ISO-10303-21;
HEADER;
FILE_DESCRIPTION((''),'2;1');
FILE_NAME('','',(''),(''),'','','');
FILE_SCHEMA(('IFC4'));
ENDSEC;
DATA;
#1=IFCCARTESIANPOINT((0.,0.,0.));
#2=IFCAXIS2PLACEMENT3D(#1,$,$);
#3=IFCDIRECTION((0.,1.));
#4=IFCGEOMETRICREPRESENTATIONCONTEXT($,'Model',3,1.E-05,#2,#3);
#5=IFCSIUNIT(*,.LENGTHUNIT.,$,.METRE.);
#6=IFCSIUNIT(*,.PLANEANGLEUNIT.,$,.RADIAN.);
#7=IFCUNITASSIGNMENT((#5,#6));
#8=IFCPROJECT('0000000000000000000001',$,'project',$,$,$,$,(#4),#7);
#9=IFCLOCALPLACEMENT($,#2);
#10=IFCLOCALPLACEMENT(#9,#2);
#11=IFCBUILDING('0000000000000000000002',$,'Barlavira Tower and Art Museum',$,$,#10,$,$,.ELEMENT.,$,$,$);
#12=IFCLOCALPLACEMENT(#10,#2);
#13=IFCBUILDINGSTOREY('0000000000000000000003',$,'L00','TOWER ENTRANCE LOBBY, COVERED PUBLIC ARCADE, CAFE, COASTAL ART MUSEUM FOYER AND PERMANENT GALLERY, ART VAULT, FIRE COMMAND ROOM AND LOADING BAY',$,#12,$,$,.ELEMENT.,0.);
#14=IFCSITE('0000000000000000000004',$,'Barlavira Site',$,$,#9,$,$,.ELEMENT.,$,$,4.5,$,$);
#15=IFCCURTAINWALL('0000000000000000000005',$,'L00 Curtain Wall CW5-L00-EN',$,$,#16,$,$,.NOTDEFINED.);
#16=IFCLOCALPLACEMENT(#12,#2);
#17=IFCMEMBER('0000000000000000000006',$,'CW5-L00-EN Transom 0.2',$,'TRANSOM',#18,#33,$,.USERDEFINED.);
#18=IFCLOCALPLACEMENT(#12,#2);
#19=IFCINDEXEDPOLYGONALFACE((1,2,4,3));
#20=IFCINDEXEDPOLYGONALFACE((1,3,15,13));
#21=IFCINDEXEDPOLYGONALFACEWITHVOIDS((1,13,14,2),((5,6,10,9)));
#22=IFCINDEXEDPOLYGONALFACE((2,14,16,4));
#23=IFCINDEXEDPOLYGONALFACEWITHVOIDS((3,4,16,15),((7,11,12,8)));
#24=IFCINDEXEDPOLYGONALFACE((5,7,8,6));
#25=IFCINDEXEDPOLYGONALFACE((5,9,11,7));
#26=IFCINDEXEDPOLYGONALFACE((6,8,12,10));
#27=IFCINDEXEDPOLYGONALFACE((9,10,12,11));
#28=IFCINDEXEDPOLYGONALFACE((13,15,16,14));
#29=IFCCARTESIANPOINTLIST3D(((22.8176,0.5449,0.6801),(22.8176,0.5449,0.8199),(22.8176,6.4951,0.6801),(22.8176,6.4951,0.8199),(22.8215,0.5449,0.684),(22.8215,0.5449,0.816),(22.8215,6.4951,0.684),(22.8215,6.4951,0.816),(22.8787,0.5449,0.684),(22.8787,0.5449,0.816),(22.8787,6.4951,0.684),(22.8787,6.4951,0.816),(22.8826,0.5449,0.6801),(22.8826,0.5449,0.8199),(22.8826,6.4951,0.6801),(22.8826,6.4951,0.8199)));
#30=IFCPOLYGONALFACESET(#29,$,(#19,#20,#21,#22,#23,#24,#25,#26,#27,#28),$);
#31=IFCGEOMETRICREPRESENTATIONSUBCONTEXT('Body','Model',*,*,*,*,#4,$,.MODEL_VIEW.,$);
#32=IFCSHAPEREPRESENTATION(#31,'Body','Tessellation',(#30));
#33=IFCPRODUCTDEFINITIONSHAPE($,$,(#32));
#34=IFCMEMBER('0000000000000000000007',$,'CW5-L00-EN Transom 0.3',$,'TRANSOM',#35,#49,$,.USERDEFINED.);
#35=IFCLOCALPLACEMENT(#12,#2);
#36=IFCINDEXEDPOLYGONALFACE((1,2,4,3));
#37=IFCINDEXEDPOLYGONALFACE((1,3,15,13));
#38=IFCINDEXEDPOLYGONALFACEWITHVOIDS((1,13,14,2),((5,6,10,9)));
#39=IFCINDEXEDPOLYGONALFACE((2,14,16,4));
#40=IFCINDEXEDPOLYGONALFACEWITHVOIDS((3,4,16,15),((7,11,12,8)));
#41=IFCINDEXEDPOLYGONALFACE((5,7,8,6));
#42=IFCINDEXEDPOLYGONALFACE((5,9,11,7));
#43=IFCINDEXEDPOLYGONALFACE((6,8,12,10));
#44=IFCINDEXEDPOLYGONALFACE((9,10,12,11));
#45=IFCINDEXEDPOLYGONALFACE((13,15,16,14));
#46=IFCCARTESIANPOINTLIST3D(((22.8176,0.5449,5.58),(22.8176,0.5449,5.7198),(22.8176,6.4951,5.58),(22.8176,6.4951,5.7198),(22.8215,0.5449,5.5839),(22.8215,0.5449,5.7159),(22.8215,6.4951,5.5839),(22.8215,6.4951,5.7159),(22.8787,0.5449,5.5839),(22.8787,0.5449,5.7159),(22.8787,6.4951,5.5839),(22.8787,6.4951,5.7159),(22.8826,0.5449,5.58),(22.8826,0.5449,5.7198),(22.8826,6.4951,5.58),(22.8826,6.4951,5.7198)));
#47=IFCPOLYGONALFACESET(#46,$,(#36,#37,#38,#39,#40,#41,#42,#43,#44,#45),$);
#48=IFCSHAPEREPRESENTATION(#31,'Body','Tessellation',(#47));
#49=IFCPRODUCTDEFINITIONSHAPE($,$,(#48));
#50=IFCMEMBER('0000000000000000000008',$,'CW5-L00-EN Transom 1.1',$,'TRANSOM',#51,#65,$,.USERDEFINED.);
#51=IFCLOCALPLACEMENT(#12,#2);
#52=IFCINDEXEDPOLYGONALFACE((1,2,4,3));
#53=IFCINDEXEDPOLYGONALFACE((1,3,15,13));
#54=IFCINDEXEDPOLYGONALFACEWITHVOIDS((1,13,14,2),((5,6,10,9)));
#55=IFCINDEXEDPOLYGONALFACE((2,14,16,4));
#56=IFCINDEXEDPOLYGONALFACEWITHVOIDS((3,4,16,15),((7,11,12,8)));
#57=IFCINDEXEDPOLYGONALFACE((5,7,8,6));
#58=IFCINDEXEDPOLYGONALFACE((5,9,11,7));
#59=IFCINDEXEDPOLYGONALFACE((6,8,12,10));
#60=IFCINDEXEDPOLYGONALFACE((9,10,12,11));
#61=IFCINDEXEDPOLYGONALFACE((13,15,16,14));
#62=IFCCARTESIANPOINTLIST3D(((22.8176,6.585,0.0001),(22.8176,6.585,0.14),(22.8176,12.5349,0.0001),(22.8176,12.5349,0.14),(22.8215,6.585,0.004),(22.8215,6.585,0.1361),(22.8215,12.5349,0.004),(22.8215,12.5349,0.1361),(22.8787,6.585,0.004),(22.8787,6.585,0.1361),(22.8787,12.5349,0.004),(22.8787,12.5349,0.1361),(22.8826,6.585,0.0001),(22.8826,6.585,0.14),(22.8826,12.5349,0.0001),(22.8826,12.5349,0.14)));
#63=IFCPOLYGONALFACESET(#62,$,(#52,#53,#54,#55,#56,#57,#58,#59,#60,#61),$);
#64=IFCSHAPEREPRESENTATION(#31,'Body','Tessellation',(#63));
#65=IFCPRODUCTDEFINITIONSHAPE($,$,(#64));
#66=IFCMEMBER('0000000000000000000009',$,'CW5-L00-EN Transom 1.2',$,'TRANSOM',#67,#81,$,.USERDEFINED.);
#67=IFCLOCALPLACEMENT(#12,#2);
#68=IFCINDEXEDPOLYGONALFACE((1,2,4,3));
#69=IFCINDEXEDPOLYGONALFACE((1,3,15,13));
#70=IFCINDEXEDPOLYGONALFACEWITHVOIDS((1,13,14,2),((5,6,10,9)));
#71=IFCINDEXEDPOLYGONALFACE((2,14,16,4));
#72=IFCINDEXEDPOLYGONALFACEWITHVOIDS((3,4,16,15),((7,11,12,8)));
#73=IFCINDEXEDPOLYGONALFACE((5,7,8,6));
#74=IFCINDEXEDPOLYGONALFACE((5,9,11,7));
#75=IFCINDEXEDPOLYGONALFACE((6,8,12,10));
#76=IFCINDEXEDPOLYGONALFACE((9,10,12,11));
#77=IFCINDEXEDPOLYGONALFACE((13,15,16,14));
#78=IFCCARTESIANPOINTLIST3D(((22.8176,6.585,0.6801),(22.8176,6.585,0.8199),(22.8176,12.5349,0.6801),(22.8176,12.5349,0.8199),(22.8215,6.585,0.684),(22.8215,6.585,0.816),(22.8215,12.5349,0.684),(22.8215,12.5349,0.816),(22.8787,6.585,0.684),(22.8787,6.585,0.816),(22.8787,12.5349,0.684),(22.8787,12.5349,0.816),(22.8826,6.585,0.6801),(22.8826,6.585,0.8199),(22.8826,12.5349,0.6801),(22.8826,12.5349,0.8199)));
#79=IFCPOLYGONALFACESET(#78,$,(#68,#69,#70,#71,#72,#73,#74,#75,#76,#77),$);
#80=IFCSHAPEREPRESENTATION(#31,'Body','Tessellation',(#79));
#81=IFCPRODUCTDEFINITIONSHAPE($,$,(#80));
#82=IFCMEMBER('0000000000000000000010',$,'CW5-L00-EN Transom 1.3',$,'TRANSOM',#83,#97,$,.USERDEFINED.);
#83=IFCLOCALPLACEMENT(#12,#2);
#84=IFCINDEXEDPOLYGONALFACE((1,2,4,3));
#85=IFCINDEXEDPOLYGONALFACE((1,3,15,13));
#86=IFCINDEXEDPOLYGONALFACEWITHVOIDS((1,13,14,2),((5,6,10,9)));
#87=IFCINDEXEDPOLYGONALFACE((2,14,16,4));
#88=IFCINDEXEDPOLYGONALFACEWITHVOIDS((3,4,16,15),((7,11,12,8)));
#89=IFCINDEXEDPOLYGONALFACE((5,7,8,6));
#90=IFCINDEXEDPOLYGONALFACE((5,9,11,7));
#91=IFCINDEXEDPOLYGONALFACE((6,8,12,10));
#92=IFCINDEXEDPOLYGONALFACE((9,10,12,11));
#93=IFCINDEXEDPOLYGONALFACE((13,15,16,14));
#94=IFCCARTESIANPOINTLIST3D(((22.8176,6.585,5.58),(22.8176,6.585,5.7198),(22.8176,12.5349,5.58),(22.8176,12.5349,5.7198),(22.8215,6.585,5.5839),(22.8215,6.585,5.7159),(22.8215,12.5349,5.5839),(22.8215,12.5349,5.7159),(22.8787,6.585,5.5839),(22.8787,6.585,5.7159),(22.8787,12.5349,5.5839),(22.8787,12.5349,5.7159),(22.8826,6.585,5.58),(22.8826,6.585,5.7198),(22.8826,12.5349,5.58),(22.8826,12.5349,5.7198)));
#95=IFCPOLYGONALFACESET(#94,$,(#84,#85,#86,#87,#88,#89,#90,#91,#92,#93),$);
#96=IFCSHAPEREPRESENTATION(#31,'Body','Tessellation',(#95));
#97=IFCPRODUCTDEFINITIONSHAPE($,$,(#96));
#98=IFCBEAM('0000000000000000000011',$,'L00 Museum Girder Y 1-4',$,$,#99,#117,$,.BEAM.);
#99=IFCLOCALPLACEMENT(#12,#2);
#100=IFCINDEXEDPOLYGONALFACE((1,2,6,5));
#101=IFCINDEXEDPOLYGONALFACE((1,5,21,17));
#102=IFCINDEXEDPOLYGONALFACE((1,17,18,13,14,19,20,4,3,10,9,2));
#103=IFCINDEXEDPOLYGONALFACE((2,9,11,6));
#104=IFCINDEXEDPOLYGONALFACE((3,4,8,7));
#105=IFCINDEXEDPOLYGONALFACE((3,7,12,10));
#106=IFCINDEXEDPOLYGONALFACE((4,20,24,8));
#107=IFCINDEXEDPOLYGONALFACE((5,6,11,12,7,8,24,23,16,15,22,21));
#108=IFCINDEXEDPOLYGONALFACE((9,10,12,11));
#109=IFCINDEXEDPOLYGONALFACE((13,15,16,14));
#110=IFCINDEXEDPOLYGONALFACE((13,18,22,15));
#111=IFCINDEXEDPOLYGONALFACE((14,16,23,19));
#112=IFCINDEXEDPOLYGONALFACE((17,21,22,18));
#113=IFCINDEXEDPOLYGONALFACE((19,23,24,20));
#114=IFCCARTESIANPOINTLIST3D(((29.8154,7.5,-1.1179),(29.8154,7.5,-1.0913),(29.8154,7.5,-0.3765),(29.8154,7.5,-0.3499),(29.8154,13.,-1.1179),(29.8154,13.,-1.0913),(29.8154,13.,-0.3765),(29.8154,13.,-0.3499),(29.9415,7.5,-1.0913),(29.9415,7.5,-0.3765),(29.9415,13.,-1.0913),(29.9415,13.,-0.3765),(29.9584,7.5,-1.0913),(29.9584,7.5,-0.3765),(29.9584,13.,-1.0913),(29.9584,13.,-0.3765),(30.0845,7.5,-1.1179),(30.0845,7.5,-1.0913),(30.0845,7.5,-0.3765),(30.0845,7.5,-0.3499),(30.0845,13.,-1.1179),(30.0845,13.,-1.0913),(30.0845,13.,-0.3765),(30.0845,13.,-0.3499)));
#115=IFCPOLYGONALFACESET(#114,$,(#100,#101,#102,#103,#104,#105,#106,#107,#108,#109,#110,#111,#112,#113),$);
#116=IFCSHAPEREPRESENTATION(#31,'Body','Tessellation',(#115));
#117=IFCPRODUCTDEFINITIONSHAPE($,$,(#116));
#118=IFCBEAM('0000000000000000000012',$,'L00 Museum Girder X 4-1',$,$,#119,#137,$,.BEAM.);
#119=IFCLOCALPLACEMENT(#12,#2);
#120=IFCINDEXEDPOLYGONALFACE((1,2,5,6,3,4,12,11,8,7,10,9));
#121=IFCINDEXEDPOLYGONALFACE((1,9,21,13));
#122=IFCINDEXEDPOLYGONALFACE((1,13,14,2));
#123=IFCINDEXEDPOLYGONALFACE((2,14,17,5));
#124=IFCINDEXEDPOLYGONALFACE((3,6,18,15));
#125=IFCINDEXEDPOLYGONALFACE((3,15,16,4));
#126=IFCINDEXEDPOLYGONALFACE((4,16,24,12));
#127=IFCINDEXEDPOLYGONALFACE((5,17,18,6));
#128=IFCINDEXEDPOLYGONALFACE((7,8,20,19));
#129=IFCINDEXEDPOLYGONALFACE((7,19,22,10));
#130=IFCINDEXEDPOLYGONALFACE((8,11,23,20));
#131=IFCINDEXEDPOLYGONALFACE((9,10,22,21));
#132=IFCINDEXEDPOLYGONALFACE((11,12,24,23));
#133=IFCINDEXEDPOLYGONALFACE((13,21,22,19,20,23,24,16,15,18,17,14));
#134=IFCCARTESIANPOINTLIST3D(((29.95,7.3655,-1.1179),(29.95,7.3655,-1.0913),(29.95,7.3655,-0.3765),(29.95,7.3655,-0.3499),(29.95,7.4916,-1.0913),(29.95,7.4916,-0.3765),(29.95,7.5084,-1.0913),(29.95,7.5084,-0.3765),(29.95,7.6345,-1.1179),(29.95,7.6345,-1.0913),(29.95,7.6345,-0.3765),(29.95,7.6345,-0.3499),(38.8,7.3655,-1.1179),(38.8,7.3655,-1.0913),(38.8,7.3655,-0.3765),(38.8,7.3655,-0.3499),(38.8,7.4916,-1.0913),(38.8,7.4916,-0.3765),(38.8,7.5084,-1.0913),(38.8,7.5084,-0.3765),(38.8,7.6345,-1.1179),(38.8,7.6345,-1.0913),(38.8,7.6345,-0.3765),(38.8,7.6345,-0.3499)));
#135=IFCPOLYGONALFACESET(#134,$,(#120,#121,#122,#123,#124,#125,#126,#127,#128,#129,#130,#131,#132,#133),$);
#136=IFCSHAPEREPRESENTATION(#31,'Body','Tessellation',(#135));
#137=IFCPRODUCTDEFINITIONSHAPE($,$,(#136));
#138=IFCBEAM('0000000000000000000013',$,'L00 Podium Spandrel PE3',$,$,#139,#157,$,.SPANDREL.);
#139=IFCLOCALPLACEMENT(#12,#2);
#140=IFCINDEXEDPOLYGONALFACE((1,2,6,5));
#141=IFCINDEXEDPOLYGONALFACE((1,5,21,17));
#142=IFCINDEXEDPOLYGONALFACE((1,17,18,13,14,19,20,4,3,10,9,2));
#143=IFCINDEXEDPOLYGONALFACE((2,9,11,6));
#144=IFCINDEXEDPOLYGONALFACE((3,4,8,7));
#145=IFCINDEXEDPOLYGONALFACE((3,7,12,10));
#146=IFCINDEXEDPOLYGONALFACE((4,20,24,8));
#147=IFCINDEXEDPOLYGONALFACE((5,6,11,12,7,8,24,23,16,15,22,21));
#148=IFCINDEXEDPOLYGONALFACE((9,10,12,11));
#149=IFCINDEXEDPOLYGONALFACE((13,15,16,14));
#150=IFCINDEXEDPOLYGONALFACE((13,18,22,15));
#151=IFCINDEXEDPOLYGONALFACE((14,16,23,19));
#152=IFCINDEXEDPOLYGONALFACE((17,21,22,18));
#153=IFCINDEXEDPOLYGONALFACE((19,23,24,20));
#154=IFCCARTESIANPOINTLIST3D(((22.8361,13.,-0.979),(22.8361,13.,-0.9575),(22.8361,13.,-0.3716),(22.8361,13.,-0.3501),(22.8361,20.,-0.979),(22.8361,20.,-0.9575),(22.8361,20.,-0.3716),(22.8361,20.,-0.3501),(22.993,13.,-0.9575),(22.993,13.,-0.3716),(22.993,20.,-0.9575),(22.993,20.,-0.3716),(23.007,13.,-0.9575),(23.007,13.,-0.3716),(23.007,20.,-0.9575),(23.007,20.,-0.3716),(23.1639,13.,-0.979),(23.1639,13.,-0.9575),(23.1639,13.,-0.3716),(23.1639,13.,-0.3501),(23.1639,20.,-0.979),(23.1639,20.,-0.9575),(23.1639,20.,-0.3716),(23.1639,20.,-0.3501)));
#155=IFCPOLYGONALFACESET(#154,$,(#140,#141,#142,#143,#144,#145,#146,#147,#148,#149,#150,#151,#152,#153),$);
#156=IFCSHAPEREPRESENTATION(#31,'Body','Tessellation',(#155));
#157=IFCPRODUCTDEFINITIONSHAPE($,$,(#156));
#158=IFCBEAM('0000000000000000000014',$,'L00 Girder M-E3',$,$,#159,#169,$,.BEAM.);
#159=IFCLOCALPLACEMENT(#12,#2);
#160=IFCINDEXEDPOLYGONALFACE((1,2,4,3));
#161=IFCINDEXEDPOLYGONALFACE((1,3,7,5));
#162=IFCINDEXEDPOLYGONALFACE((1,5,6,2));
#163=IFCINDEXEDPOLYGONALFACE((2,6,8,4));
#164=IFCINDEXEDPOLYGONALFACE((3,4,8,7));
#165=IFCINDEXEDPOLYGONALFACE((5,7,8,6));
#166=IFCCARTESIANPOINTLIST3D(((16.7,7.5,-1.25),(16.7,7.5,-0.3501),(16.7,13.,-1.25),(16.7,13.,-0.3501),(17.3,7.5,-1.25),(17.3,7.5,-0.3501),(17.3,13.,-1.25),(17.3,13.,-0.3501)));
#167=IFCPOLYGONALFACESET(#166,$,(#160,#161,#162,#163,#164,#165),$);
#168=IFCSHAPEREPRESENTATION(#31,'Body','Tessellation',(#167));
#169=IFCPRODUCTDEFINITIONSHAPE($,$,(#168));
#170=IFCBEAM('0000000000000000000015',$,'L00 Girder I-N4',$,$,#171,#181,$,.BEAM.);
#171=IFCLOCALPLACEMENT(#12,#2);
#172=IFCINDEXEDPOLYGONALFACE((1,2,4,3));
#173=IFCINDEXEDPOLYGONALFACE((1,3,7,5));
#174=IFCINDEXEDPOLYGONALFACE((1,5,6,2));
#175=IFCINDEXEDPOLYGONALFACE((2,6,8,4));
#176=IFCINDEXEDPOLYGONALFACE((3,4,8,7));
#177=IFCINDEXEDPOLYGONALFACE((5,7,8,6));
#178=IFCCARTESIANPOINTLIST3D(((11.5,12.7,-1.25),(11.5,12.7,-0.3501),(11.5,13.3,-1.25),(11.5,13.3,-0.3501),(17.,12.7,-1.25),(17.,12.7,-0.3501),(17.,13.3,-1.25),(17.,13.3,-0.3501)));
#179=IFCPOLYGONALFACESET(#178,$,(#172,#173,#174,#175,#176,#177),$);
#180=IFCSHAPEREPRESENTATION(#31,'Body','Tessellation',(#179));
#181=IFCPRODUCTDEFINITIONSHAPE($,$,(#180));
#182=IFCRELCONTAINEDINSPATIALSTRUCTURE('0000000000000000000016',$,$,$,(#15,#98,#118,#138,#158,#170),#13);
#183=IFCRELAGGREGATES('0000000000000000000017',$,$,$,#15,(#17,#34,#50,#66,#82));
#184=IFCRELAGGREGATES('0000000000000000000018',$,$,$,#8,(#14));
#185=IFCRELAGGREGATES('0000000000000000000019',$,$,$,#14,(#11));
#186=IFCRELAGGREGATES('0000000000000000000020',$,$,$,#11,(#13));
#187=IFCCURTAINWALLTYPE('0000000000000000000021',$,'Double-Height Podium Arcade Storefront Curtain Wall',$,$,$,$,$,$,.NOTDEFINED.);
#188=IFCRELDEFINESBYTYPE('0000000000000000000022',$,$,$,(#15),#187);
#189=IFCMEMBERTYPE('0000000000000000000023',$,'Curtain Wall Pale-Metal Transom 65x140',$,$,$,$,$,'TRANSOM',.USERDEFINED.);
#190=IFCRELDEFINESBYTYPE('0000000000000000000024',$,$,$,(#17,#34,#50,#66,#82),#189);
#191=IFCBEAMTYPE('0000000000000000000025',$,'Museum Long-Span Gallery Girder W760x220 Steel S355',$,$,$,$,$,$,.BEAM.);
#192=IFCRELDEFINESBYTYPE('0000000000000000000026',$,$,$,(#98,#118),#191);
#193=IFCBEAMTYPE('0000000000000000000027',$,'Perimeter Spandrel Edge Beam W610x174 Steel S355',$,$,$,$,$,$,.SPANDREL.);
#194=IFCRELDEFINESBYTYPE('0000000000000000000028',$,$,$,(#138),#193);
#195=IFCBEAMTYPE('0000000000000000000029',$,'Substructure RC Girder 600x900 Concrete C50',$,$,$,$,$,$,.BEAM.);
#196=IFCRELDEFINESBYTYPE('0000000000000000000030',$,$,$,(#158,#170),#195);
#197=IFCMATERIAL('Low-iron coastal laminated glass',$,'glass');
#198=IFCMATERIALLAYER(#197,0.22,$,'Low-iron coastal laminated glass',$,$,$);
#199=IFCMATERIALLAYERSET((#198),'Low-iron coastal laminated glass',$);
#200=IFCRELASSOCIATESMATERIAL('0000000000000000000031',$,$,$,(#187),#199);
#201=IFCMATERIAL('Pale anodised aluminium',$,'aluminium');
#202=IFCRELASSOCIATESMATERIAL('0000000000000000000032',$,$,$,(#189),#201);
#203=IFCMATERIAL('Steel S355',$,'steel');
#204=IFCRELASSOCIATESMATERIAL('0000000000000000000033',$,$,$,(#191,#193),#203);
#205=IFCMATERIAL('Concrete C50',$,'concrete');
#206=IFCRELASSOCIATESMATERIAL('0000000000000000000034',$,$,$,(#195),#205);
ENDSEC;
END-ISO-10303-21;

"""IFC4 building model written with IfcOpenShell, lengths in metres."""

from ifc_helpers import new_model, si_unit, direction, frame, origin, origin_2d, place, context, subcontext, project, spatial, rectangle, hollow_rectangle, i_section, extrude, material, layer, layer_set, material_profile, profile_set, type_object, element, aggregate, save


model = new_model("IFC4")

# Units and contexts
model_context = context("Model", 3, precision=1e-05, world=origin(), true_north=direction((0.0, 1.0)))
body_context = subcontext(model_context, "Body", "Model", "MODEL_VIEW")
ifc_project = project(units=[si_unit("LENGTHUNIT", "METRE"), si_unit("PLANEANGLEUNIT", "RADIAN")], contexts=[model_context])

# Site, building, storey
site_placement = place(None, origin())
site = spatial("IfcSite", under=ifc_project, at=site_placement, Name="Barlavira Site", CompositionType="ELEMENT", RefElevation=4.5)
building_placement = place(site_placement, origin())
building = spatial("IfcBuilding", under=site, at=building_placement, Name="Barlavira Tower and Art Museum", CompositionType="ELEMENT")
storey_placement = place(building_placement, origin())
storey = spatial("IfcBuildingStorey", under=building, at=storey_placement, Name="L00", Description="TOWER ENTRANCE LOBBY, COVERED PUBLIC ARCADE, CAFE, COASTAL ART MUSEUM FOYER AND PERMANENT GALLERY, ART VAULT, FIRE COMMAND ROOM AND LOADING BAY", CompositionType="ELEMENT", Elevation=0.0)

# Shared definitions
ifc_material_1 = material(Name="Concrete C50", Category="concrete")

# Shared definitions
ifc_material_2 = material(Name="Steel S355", Category="steel")

# Curtain wall, members
ifc_material_3 = material(Name="Low-iron coastal laminated glass", Category="glass")
ifc_layer_1 = layer(ifc_material_3, 0.22, Name="Low-iron coastal laminated glass")
ifc_layer_set_1 = layer_set([ifc_layer_1], Name="Low-iron coastal laminated glass")
curtain_wall_type = type_object("IfcCurtainWallType", Name="Double-Height Podium Arcade Storefront Curtain Wall", PredefinedType="NOTDEFINED", material=ifc_layer_set_1)
curtain_wall_placement = place(storey_placement, origin())
curtain_wall = element("IfcCurtainWall", 1, at=curtain_wall_placement, inside=storey, type_object=curtain_wall_type, Name="L00 Curtain Wall CW5-L00-EN", PredefinedType="NOTDEFINED")
ifc_material_4 = material(Name="Pale anodised aluminium", Category="aluminium")
ifc_material_profile_1 = material_profile(ifc_material_4, hollow_rectangle(XDim=0.0649, YDim=0.1399, WallThickness=0.0039, at=origin_2d()), Name="ALU-TRAN 65x140x4")
ifc_profile_set_1 = profile_set([ifc_material_profile_1], Name="Pale anodised aluminium")
member_type_1 = type_object("IfcMemberType", Name="Curtain Wall Pale-Metal Transom 65x140", ElementType="TRANSOM", PredefinedType="USERDEFINED", material=ifc_profile_set_1)
member_1_placement = place(storey_placement, frame((22.8501, 0.5449, 0.75), z_axis=(0.0, 1.0, 0.0), x_axis=(-1.0, 0.0, 0.0)))
member_1 = element("IfcMember", 2, at=member_1_placement, type_object=member_type_1, Name="CW5-L00-EN Transom 0.2", ObjectType="TRANSOM", PredefinedType="USERDEFINED", context=body_context, shape_type="SweptSolid", body=[
    extrude(hollow_rectangle(XDim=0.0649, YDim=0.1399, WallThickness=0.0039, at=origin_2d()), origin(), (0.0, 0.0, 1.0), 5.9502),
])
member_2_placement = place(storey_placement, frame((22.8501, 0.5449, 5.6499), z_axis=(0.0, 1.0, 0.0), x_axis=(-1.0, 0.0, 0.0)))
member_2 = element("IfcMember", 3, at=member_2_placement, type_object=member_type_1, Name="CW5-L00-EN Transom 0.3", ObjectType="TRANSOM", PredefinedType="USERDEFINED", context=body_context, shape_type="SweptSolid", body=[
    extrude(hollow_rectangle(XDim=0.0649, YDim=0.1399, WallThickness=0.0039, at=origin_2d()), origin(), (0.0, 0.0, 1.0), 5.9502),
])
member_3_placement = place(storey_placement, frame((22.8501, 6.585, 0.0701), z_axis=(0.0, 1.0, 0.0), x_axis=(-1.0, 0.0, 0.0)))
member_3 = element("IfcMember", 4, at=member_3_placement, type_object=member_type_1, Name="CW5-L00-EN Transom 1.1", ObjectType="TRANSOM", PredefinedType="USERDEFINED", context=body_context, shape_type="SweptSolid", body=[
    extrude(hollow_rectangle(XDim=0.0649, YDim=0.1399, WallThickness=0.0039, at=origin_2d()), origin(), (0.0, 0.0, 1.0), 5.95),
])
member_4_placement = place(storey_placement, frame((22.8501, 6.585, 0.75), z_axis=(0.0, 1.0, 0.0), x_axis=(-1.0, 0.0, 0.0)))
member_4 = element("IfcMember", 5, at=member_4_placement, type_object=member_type_1, Name="CW5-L00-EN Transom 1.2", ObjectType="TRANSOM", PredefinedType="USERDEFINED", context=body_context, shape_type="SweptSolid", body=[
    extrude(hollow_rectangle(XDim=0.0649, YDim=0.1399, WallThickness=0.0039, at=origin_2d()), origin(), (0.0, 0.0, 1.0), 5.95),
])
member_5_placement = place(storey_placement, frame((22.8501, 6.585, 5.6499), z_axis=(0.0, 1.0, 0.0), x_axis=(-1.0, 0.0, 0.0)))
member_5 = element("IfcMember", 6, at=member_5_placement, type_object=member_type_1, Name="CW5-L00-EN Transom 1.3", ObjectType="TRANSOM", PredefinedType="USERDEFINED", context=body_context, shape_type="SweptSolid", body=[
    extrude(hollow_rectangle(XDim=0.0649, YDim=0.1399, WallThickness=0.0039, at=origin_2d()), origin(), (0.0, 0.0, 1.0), 5.95),
])

# Beams
ifc_material_profile_2 = material_profile(ifc_material_2, i_section(OverallWidth=0.269, OverallDepth=0.7681, WebThickness=0.0168, FlangeThickness=0.0266, at=origin_2d()), Name="W760x220.0")
ifc_profile_set_2 = profile_set([ifc_material_profile_2], Name="Steel S355")
beam_type_1 = type_object("IfcBeamType", Name="Museum Long-Span Gallery Girder W760x220 Steel S355", PredefinedType="BEAM", material=ifc_profile_set_2)
beam_1_placement = place(storey_placement, frame((29.95, 7.5, -0.7339), z_axis=(0.0, 1.0, 0.0), x_axis=(-1.0, 0.0, 0.0)))
element("IfcBeam", 7, at=beam_1_placement, inside=storey, type_object=beam_type_1, Name="L00 Museum Girder Y 1-4", PredefinedType="BEAM", context=body_context, shape_type="SweptSolid", body=[
    extrude(i_section(OverallWidth=0.269, OverallDepth=0.7681, WebThickness=0.0168, FlangeThickness=0.0266, at=origin_2d()), origin(), (0.0, 0.0, 1.0), 5.5),
])
beam_2_placement = place(storey_placement, frame((29.95, 7.5, -0.7339), z_axis=(1.0, 0.0, 0.0), x_axis=(0.0, 1.0, 0.0)))
element("IfcBeam", 8, at=beam_2_placement, inside=storey, type_object=beam_type_1, Name="L00 Museum Girder X 4-1", PredefinedType="BEAM", context=body_context, shape_type="SweptSolid", body=[
    extrude(i_section(OverallWidth=0.269, OverallDepth=0.7681, WebThickness=0.0168, FlangeThickness=0.0266, at=origin_2d()), origin(), (0.0, 0.0, 1.0), 8.8501),
])
ifc_material_profile_3 = material_profile(ifc_material_2, i_section(OverallWidth=0.3279, OverallDepth=0.6289, WebThickness=0.0139, FlangeThickness=0.0215, at=origin_2d()), Name="W610x174.0")
ifc_profile_set_3 = profile_set([ifc_material_profile_3], Name="Steel S355")
beam_type_2 = type_object("IfcBeamType", Name="Perimeter Spandrel Edge Beam W610x174 Steel S355", PredefinedType="SPANDREL", material=ifc_profile_set_3)
beam_3_placement = place(storey_placement, frame((23.0, 13.0, -0.6646), z_axis=(0.0, 1.0, 0.0), x_axis=(-1.0, 0.0, 0.0)))
element("IfcBeam", 9, at=beam_3_placement, inside=storey, type_object=beam_type_2, Name="L00 Podium Spandrel PE3", PredefinedType="SPANDREL", context=body_context, shape_type="SweptSolid", body=[
    extrude(i_section(OverallWidth=0.3279, OverallDepth=0.6289, WebThickness=0.0139, FlangeThickness=0.0215, at=origin_2d()), origin(), (0.0, 0.0, 1.0), 7.0),
])
ifc_material_profile_4 = material_profile(ifc_material_1, rectangle(XDim=0.6001, YDim=0.8999, at=origin_2d()), Name="RC-BM 600x900")
ifc_profile_set_4 = profile_set([ifc_material_profile_4], Name="Concrete C50")
beam_type_3 = type_object("IfcBeamType", Name="Substructure RC Girder 600x900 Concrete C50", PredefinedType="BEAM", material=ifc_profile_set_4)
for number, where, z_axis, x_axis, name in (
    (10, (17.0, 7.5, -0.8), (0.0, 1.0, 0.0), (-1.0, 0.0, 0.0), "L00 Girder M-E3"),
    (11, (11.5, 13.0, -0.8), (1.0, 0.0, 0.0), (0.0, 1.0, 0.0), "L00 Girder I-N4"),
):
    element("IfcBeam", number, at=place(storey_placement, frame(where, z_axis=z_axis, x_axis=x_axis)), inside=storey, type_object=beam_type_3, Name=name, PredefinedType="BEAM", context=body_context, shape_type="SweptSolid", body=[
        extrude(rectangle(XDim=0.6001, YDim=0.8999, at=origin_2d()), origin(), (0.0, 0.0, 1.0), 5.5),
    ])

aggregate(curtain_wall, [member_1, member_2, member_3, member_4, member_5])

save(model, "model.ifc")
